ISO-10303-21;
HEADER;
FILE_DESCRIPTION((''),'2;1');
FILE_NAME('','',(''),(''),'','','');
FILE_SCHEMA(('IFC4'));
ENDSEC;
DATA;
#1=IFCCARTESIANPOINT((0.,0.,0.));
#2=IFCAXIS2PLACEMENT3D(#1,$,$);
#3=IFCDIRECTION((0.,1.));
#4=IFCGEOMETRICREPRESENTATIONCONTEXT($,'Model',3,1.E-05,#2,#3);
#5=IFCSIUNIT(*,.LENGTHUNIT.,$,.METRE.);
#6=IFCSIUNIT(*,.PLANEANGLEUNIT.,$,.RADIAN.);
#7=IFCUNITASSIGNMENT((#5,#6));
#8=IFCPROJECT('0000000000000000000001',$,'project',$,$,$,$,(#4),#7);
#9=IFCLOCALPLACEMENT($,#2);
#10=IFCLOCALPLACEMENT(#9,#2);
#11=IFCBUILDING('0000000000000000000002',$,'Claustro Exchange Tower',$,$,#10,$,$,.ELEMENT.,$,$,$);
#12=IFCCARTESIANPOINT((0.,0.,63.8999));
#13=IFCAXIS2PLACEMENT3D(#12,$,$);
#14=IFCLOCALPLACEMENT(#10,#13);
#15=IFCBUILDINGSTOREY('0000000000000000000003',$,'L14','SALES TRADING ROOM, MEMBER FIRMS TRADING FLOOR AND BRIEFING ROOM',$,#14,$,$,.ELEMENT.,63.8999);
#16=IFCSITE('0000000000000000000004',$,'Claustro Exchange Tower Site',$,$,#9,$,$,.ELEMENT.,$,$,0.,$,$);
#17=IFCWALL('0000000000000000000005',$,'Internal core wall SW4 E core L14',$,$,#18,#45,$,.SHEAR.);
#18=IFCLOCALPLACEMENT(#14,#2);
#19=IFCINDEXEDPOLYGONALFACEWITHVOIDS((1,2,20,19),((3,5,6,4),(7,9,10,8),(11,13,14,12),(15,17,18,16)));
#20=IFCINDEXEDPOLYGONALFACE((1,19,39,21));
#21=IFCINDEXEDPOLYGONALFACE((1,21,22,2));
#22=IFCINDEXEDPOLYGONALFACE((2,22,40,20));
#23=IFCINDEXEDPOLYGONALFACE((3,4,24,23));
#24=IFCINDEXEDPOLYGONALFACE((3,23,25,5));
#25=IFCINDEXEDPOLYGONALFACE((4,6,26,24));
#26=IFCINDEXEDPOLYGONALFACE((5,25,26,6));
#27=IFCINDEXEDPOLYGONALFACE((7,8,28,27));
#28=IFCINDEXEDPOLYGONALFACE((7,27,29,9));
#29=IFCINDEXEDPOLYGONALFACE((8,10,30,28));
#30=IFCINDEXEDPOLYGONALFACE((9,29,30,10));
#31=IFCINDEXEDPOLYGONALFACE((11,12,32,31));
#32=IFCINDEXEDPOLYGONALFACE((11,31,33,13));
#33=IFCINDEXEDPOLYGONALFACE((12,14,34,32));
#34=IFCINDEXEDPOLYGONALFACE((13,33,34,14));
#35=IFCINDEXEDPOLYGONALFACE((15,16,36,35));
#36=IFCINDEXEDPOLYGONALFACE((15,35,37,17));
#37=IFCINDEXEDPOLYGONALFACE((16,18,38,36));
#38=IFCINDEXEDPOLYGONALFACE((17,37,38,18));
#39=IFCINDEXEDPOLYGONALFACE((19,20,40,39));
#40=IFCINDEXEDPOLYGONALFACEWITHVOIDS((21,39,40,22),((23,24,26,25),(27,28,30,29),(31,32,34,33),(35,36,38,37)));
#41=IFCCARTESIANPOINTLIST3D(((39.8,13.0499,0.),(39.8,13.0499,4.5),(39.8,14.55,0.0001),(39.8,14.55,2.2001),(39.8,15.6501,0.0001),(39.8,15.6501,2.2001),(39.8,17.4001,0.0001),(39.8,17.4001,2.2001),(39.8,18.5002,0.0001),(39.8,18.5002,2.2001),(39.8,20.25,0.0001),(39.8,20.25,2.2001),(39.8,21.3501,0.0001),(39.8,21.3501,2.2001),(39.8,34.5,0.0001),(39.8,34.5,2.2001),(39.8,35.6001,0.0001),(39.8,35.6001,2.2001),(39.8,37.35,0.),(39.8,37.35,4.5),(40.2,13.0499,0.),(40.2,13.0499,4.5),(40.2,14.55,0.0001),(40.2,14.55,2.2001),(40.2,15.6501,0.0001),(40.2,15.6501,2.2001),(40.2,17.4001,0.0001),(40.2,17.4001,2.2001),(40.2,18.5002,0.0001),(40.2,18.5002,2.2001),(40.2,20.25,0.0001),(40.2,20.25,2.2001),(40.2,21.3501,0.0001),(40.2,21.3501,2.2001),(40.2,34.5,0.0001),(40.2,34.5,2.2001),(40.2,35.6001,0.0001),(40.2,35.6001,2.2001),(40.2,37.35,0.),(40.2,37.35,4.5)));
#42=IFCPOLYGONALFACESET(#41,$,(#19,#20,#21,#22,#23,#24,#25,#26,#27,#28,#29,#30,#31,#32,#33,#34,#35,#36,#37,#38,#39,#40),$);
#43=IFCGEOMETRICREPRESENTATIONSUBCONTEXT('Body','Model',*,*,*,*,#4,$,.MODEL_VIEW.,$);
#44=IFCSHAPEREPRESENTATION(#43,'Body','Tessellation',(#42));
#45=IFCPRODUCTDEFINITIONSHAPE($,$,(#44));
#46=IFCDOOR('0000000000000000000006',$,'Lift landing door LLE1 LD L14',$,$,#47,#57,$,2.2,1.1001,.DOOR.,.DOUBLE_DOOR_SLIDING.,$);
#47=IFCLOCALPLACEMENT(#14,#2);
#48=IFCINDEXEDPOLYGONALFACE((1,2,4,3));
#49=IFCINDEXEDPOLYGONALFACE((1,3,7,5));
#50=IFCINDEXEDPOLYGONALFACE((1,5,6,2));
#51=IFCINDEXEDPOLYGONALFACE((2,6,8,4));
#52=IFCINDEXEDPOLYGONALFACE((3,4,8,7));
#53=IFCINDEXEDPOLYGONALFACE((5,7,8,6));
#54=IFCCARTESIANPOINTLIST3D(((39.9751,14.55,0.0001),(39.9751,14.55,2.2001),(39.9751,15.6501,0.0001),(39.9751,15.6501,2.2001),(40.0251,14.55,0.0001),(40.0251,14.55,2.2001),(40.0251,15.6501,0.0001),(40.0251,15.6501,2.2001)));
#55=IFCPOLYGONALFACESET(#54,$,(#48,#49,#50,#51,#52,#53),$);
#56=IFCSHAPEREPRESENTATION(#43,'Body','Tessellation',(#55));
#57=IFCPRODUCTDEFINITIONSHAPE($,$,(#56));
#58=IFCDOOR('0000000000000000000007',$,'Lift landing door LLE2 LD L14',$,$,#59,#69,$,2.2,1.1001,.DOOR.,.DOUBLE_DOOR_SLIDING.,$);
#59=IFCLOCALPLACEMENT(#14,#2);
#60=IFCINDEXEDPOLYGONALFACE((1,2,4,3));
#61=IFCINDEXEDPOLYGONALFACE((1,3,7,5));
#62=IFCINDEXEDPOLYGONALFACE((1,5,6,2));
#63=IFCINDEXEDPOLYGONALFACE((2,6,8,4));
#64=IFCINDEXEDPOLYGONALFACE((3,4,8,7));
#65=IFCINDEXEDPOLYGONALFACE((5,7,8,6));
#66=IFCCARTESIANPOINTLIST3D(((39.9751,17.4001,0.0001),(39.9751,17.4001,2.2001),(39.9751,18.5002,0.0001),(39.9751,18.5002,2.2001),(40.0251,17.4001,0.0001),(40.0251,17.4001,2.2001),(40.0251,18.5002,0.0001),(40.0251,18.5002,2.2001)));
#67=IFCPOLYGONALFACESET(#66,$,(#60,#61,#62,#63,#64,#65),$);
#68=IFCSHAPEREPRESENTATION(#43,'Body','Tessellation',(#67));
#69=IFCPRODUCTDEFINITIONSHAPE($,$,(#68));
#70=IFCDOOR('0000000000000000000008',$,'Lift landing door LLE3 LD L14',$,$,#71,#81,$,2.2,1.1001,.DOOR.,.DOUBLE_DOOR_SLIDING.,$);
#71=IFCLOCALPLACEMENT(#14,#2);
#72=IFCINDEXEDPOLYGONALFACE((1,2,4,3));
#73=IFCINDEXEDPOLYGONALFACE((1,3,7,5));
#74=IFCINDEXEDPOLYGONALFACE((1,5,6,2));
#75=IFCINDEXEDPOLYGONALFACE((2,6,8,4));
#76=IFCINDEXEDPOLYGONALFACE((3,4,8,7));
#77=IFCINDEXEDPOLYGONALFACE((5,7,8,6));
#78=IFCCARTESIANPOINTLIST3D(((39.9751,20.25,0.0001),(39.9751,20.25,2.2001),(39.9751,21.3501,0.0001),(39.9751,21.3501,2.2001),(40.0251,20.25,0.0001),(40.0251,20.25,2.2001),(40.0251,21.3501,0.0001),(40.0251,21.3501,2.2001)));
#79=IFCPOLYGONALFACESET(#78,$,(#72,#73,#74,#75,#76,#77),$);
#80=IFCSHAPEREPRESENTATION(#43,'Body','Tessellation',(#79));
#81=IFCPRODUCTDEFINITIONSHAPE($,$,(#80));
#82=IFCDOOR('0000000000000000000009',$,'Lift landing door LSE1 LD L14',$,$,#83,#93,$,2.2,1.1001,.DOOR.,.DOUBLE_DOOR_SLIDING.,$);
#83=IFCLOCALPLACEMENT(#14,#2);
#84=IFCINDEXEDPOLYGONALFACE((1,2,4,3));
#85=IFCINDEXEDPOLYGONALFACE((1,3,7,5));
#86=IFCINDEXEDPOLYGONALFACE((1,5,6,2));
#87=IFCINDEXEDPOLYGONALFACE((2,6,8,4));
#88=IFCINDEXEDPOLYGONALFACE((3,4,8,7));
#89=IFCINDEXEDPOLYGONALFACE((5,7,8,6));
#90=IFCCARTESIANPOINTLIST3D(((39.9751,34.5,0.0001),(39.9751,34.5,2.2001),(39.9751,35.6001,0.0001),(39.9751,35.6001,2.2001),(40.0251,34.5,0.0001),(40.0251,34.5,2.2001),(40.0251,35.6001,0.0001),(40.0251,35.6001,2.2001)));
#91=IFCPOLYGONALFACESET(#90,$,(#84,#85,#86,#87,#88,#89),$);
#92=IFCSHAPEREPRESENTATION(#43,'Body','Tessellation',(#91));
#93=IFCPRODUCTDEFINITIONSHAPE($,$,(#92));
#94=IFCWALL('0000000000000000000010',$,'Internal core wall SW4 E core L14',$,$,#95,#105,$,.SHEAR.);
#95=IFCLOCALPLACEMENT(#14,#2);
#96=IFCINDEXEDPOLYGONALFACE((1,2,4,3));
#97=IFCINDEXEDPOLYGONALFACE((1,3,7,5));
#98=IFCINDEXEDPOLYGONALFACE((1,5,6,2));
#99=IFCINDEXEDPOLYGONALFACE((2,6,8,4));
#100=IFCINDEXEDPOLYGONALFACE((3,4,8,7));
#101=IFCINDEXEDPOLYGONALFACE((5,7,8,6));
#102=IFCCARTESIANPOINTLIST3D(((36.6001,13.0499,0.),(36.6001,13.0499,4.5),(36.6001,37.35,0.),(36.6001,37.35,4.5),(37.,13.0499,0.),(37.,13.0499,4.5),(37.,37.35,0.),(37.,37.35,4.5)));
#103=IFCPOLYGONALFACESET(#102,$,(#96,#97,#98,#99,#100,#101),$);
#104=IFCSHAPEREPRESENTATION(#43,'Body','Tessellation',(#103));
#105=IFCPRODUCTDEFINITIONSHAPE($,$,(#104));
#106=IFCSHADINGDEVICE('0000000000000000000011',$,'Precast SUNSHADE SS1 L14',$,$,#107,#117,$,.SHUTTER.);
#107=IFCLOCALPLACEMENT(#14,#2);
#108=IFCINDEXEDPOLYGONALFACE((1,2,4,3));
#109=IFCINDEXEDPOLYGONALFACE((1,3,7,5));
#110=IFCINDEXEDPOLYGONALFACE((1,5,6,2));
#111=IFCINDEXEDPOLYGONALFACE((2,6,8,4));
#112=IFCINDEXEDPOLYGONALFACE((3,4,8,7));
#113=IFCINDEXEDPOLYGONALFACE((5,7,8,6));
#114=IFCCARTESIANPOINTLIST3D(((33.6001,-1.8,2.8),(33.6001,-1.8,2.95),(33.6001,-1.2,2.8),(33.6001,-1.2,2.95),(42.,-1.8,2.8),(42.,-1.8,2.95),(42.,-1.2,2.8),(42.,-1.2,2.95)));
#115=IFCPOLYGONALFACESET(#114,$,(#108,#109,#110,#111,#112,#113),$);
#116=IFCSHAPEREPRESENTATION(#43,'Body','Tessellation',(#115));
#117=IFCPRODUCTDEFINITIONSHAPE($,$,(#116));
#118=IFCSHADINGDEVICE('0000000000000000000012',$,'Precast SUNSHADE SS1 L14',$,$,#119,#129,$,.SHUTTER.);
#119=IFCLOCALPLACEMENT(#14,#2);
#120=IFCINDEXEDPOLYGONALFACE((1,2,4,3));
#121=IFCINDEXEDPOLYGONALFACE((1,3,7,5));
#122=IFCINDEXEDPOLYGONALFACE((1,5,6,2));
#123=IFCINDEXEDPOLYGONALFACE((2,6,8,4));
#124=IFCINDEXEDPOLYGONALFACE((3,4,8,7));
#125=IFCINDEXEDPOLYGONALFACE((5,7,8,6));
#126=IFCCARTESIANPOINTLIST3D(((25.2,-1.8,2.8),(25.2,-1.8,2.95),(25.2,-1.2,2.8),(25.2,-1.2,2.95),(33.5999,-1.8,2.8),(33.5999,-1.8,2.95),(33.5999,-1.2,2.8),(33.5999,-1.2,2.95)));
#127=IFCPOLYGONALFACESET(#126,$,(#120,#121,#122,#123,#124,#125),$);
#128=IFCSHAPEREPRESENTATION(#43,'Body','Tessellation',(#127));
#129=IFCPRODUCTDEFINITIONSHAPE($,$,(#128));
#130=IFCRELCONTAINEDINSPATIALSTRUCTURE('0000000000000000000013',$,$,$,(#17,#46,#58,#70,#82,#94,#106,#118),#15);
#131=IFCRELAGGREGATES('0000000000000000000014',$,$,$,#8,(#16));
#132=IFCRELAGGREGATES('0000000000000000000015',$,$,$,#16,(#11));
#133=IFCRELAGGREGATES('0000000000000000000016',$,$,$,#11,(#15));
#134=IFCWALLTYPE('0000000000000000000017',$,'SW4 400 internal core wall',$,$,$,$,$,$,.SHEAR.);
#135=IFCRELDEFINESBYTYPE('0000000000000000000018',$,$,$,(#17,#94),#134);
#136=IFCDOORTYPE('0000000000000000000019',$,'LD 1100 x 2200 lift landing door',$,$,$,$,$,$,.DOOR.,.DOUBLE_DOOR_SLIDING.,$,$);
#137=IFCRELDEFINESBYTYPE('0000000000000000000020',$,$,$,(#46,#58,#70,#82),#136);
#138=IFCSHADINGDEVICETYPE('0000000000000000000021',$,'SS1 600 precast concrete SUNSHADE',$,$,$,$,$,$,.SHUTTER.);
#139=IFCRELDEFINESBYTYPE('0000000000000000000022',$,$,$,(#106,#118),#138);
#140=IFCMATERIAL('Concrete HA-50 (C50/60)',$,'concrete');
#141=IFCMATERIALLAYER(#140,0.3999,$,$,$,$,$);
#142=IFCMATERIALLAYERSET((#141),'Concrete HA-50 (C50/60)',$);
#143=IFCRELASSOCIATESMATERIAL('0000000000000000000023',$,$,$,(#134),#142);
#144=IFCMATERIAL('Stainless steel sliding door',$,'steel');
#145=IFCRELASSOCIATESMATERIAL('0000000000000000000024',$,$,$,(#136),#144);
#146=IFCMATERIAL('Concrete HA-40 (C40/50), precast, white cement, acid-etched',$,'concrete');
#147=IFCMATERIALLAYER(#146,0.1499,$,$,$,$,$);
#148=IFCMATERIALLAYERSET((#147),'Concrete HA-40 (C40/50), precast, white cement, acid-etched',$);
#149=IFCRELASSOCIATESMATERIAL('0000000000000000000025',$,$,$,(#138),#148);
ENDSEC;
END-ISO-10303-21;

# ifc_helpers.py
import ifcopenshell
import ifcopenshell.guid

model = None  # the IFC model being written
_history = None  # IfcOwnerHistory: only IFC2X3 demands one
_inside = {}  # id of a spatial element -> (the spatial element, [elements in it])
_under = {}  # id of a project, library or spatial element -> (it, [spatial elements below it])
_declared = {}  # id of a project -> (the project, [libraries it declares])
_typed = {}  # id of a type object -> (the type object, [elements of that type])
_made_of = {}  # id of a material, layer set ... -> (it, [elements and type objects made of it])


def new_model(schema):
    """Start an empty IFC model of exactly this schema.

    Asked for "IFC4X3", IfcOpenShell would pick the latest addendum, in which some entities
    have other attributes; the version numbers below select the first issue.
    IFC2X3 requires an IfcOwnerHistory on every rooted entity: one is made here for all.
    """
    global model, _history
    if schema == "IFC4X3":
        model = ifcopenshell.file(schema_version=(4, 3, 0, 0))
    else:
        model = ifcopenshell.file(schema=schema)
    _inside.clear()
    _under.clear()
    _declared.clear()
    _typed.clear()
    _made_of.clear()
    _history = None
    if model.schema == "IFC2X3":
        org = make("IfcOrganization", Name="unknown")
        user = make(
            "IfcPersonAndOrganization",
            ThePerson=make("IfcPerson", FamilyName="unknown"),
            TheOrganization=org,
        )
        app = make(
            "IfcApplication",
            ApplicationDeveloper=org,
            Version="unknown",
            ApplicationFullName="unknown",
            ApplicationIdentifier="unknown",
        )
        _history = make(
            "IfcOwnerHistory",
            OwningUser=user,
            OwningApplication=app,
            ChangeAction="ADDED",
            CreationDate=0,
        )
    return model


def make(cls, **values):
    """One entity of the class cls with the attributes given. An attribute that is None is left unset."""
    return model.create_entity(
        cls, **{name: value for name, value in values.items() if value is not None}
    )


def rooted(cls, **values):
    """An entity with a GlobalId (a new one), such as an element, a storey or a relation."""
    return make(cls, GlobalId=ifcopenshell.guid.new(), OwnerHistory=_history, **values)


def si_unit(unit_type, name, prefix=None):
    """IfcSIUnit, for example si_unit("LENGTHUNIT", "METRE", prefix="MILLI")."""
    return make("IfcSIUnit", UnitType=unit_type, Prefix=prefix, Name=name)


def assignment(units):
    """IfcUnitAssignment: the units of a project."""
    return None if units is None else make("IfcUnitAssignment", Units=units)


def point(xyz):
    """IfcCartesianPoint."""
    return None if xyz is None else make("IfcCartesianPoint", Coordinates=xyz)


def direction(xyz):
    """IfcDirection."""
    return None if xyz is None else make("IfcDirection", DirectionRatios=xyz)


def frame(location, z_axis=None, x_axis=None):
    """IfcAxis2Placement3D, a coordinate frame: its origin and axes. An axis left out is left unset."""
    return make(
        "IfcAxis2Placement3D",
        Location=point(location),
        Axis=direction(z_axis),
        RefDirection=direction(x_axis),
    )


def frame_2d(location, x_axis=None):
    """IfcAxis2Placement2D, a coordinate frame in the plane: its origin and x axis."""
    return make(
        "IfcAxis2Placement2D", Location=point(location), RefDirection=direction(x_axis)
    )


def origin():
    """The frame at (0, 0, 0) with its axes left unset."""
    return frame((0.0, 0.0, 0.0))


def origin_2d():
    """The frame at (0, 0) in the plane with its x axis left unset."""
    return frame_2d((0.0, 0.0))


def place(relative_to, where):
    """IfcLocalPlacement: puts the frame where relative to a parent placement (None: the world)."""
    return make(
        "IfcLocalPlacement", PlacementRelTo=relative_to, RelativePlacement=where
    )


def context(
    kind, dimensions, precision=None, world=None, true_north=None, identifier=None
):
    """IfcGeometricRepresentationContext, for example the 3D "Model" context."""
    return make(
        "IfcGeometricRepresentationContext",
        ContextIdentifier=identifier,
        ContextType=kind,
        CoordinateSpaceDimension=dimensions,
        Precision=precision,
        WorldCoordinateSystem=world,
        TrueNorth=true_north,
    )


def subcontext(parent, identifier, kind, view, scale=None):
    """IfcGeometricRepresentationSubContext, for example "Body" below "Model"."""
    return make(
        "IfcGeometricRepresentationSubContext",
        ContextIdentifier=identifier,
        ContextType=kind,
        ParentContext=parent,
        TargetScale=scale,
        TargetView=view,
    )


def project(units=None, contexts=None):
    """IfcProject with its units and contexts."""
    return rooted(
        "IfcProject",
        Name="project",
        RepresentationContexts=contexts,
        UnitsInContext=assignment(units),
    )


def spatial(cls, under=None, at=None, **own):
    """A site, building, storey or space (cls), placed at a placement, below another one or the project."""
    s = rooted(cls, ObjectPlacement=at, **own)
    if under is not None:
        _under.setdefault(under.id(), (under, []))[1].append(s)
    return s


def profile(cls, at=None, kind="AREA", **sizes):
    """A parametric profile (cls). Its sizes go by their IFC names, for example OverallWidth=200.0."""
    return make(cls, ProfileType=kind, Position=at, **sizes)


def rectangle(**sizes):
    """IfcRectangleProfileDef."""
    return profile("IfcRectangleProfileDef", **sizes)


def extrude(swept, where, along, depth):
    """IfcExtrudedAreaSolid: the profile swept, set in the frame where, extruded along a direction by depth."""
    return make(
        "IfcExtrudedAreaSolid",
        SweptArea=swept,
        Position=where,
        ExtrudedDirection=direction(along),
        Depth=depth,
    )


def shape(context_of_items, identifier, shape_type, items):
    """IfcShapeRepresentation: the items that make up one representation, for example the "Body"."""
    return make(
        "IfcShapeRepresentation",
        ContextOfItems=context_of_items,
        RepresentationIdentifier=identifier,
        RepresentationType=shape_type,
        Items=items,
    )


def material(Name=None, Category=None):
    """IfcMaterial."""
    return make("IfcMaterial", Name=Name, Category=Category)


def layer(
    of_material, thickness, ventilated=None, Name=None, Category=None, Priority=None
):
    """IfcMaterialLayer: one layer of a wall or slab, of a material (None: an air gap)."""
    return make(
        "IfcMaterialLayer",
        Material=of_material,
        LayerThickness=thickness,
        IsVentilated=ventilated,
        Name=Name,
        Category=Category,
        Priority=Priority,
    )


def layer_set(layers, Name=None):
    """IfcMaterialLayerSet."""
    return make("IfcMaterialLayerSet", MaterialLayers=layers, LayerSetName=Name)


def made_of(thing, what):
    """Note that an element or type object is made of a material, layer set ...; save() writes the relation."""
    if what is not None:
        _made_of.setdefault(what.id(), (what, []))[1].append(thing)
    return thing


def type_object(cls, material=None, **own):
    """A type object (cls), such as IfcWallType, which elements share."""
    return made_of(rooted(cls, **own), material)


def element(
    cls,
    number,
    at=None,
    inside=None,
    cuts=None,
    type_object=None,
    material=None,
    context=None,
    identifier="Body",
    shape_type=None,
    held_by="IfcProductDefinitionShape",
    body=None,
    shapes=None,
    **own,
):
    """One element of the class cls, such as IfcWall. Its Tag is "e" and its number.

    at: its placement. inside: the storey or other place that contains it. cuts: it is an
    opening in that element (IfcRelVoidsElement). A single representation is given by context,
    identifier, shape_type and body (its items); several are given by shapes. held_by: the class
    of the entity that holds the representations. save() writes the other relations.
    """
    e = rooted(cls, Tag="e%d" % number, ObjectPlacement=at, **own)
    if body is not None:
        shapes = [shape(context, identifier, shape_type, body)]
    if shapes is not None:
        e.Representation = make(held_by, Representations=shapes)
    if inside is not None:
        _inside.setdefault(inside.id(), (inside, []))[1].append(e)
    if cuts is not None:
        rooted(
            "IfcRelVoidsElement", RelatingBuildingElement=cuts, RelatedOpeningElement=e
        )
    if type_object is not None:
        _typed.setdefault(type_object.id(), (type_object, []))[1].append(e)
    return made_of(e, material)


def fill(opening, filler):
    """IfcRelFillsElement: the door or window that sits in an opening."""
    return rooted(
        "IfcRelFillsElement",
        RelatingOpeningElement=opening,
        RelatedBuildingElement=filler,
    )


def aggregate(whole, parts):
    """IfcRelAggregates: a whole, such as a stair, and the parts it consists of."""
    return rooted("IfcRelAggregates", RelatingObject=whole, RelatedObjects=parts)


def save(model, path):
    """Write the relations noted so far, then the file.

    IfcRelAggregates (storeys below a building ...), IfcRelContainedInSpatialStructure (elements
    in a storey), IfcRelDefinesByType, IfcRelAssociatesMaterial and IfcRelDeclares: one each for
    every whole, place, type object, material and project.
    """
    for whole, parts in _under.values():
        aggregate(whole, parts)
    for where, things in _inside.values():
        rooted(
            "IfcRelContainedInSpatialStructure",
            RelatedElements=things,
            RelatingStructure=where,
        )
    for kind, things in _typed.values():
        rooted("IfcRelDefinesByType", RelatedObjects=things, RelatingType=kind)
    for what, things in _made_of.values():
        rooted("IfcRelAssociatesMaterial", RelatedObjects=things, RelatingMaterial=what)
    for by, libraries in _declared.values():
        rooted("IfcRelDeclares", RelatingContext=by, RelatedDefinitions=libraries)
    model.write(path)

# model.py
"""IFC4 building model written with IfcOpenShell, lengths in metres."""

from ifc_helpers import new_model, si_unit, direction, frame, frame_2d, origin, origin_2d, place, context, subcontext, project, spatial, rectangle, extrude, material, layer, layer_set, type_object, element, fill, save


model = new_model("IFC4")

# Units and contexts
model_context = context("Model", 3, precision=1e-05, world=origin(), true_north=direction((0.0, 1.0)))
body_context = subcontext(model_context, "Body", "Model", "MODEL_VIEW")
ifc_project = project(units=[si_unit("LENGTHUNIT", "METRE"), si_unit("PLANEANGLEUNIT", "RADIAN")], contexts=[model_context])

# Site, building, storey
site_placement = place(None, origin())
site = spatial("IfcSite", under=ifc_project, at=site_placement, Name="Claustro Exchange Tower Site", CompositionType="ELEMENT", RefElevation=0.0)
building_placement = place(site_placement, origin())
building = spatial("IfcBuilding", under=site, at=building_placement, Name="Claustro Exchange Tower", CompositionType="ELEMENT")
storey_placement = place(building_placement, frame((0.0, 0.0, 63.8999)))
storey = spatial("IfcBuildingStorey", under=building, at=storey_placement, Name="L14", Description="SALES TRADING ROOM, MEMBER FIRMS TRADING FLOOR AND BRIEFING ROOM", CompositionType="ELEMENT", Elevation=63.8999)

# Wall, openings, doors
ifc_material_1 = material(Name="Concrete HA-50 (C50/60)", Category="concrete")
ifc_layer_1 = layer(ifc_material_1, 0.3999)
ifc_layer_set_1 = layer_set([ifc_layer_1], Name="Concrete HA-50 (C50/60)")
wall_type_1 = type_object("IfcWallType", Name="SW4 400 internal core wall", PredefinedType="SHEAR", material=ifc_layer_set_1)
wall_1_placement = place(storey_placement, frame((40.0, 13.05, 0.0), z_axis=(0.0, 0.0, 1.0), x_axis=(0.0, 1.0, 0.0)))
wall_1 = element("IfcWall", 1, at=wall_1_placement, inside=storey, type_object=wall_type_1, Name="Internal core wall SW4 E core L14", PredefinedType="SHEAR", context=body_context, shape_type="SweptSolid", body=[
    extrude(rectangle(XDim=24.3, YDim=0.3999, at=frame_2d((12.1499, 0.0))), origin(), (0.0, 0.0, 1.0), 4.5),
])
opening_1_placement = place(wall_1_placement, frame((1.5, 0.0, 0.0)))
opening_1 = element("IfcOpeningElement", 2, at=opening_1_placement, cuts=wall_1, PredefinedType="OPENING", context=body_context, shape_type="SweptSolid", body=[
    extrude(rectangle(XDim=1.1001, YDim=2.2, at=frame_2d((0.55, 1.1001))), frame((0.0, 0.21, 0.0), z_axis=(0.0, -1.0, 0.0), x_axis=(1.0, 0.0, 0.0)), (0.0, 0.0, 1.0), 0.4199),
])
opening_2_placement = place(wall_1_placement, frame((4.3501, 0.0, 0.0)))
opening_2 = element("IfcOpeningElement", 3, at=opening_2_placement, cuts=wall_1, PredefinedType="OPENING", context=body_context, shape_type="SweptSolid", body=[
    extrude(rectangle(XDim=1.1001, YDim=2.2, at=frame_2d((0.55, 1.1001))), frame((0.0, 0.21, 0.0), z_axis=(0.0, -1.0, 0.0), x_axis=(1.0, 0.0, 0.0)), (0.0, 0.0, 1.0), 0.4199),
])
opening_3_placement = place(wall_1_placement, frame((7.2, 0.0, 0.0)))
opening_3 = element("IfcOpeningElement", 4, at=opening_3_placement, cuts=wall_1, PredefinedType="OPENING", context=body_context, shape_type="SweptSolid", body=[
    extrude(rectangle(XDim=1.1001, YDim=2.2, at=frame_2d((0.55, 1.1001))), frame((0.0, 0.21, 0.0), z_axis=(0.0, -1.0, 0.0), x_axis=(1.0, 0.0, 0.0)), (0.0, 0.0, 1.0), 0.4199),
])
opening_4_placement = place(wall_1_placement, frame((21.45, 0.0, 0.0)))
opening_4 = element("IfcOpeningElement", 5, at=opening_4_placement, cuts=wall_1, PredefinedType="OPENING", context=body_context, shape_type="SweptSolid", body=[
    extrude(rectangle(XDim=1.1001, YDim=2.2, at=frame_2d((0.55, 1.1001))), frame((0.0, 0.21, 0.0), z_axis=(0.0, -1.0, 0.0), x_axis=(1.0, 0.0, 0.0)), (0.0, 0.0, 1.0), 0.4199),
])
ifc_material_2 = material(Name="Stainless steel sliding door", Category="steel")
door_type_1 = type_object("IfcDoorType", Name="LD 1100 x 2200 lift landing door", OperationType="DOUBLE_DOOR_SLIDING", PredefinedType="DOOR", material=ifc_material_2)
door_1_placement = place(opening_1_placement, origin())
door_1 = element("IfcDoor", 6, at=door_1_placement, inside=storey, type_object=door_type_1, Name="Lift landing door LLE1 LD L14", OperationType="DOUBLE_DOOR_SLIDING", OverallHeight=2.2, OverallWidth=1.1001, PredefinedType="DOOR", context=body_context, shape_type="SweptSolid", body=[
    extrude(rectangle(XDim=1.1001, YDim=2.2, at=frame_2d((0.55, 1.1001))), frame((0.0, 0.0249, 0.0), z_axis=(0.0, -1.0, 0.0), x_axis=(1.0, 0.0, 0.0)), (0.0, 0.0, 1.0), 0.05),
])
fill(opening_1, door_1)
door_2_placement = place(opening_2_placement, origin())
door_2 = element("IfcDoor", 7, at=door_2_placement, inside=storey, type_object=door_type_1, Name="Lift landing door LLE2 LD L14", OperationType="DOUBLE_DOOR_SLIDING", OverallHeight=2.2, OverallWidth=1.1001, PredefinedType="DOOR", context=body_context, shape_type="SweptSolid", body=[
    extrude(rectangle(XDim=1.1001, YDim=2.2, at=frame_2d((0.55, 1.1001))), frame((0.0, 0.0249, 0.0), z_axis=(0.0, -1.0, 0.0), x_axis=(1.0, 0.0, 0.0)), (0.0, 0.0, 1.0), 0.05),
])
fill(opening_2, door_2)
door_3_placement = place(opening_3_placement, origin())
door_3 = element("IfcDoor", 8, at=door_3_placement, inside=storey, type_object=door_type_1, Name="Lift landing door LLE3 LD L14", OperationType="DOUBLE_DOOR_SLIDING", OverallHeight=2.2, OverallWidth=1.1001, PredefinedType="DOOR", context=body_context, shape_type="SweptSolid", body=[
    extrude(rectangle(XDim=1.1001, YDim=2.2, at=frame_2d((0.55, 1.1001))), frame((0.0, 0.0249, 0.0), z_axis=(0.0, -1.0, 0.0), x_axis=(1.0, 0.0, 0.0)), (0.0, 0.0, 1.0), 0.05),
])
fill(opening_3, door_3)
door_4_placement = place(opening_4_placement, origin())
door_4 = element("IfcDoor", 9, at=door_4_placement, inside=storey, type_object=door_type_1, Name="Lift landing door LSE1 LD L14", OperationType="DOUBLE_DOOR_SLIDING", OverallHeight=2.2, OverallWidth=1.1001, PredefinedType="DOOR", context=body_context, shape_type="SweptSolid", body=[
    extrude(rectangle(XDim=1.1001, YDim=2.2, at=frame_2d((0.55, 1.1001))), frame((0.0, 0.0249, 0.0), z_axis=(0.0, -1.0, 0.0), x_axis=(1.0, 0.0, 0.0)), (0.0, 0.0, 1.0), 0.05),
])
fill(opening_4, door_4)

# Wall
wall_2_placement = place(storey_placement, frame((36.8, 13.05, 0.0), z_axis=(0.0, 0.0, 1.0), x_axis=(0.0, 1.0, 0.0)))
element("IfcWall", 10, at=wall_2_placement, inside=storey, type_object=wall_type_1, Name="Internal core wall SW4 E core L14", PredefinedType="SHEAR", context=body_context, shape_type="SweptSolid", body=[
    extrude(rectangle(XDim=24.3, YDim=0.3999, at=frame_2d((12.1499, 0.0))), origin(), (0.0, 0.0, 1.0), 4.5),
])

# Shading devices
ifc_material_3 = material(Name="Concrete HA-40 (C40/50), precast, white cement, acid-etched", Category="concrete")
ifc_layer_2 = layer(ifc_material_3, 0.1499)
ifc_layer_set_2 = layer_set([ifc_layer_2], Name="Concrete HA-40 (C40/50), precast, white cement, acid-etched")
shading_device_type = type_object("IfcShadingDeviceType", Name="SS1 600 precast concrete SUNSHADE", PredefinedType="SHUTTER", material=ifc_layer_set_2)
for number, where, z_axis, x_axis, name in (
    (11, (37.8, -1.5, 2.8), (0.0, 0.0, 1.0), (-1.0, 0.0, 0.0), "Precast SUNSHADE SS1 L14"),
    (12, (29.3999, -1.5, 2.8), (0.0, 0.0, 1.0), (-1.0, 0.0, 0.0), "Precast SUNSHADE SS1 L14"),
):
    element("IfcShadingDevice", number, at=place(storey_placement, frame(where, z_axis=z_axis, x_axis=x_axis)), inside=storey, type_object=shading_device_type, Name=name, PredefinedType="SHUTTER", context=body_context, shape_type="SweptSolid", body=[
        extrude(rectangle(XDim=8.3999, YDim=0.6001, at=origin_2d()), origin(), (0.0, 0.0, 1.0), 0.1499),
    ])

save(model, "model.ifc")
